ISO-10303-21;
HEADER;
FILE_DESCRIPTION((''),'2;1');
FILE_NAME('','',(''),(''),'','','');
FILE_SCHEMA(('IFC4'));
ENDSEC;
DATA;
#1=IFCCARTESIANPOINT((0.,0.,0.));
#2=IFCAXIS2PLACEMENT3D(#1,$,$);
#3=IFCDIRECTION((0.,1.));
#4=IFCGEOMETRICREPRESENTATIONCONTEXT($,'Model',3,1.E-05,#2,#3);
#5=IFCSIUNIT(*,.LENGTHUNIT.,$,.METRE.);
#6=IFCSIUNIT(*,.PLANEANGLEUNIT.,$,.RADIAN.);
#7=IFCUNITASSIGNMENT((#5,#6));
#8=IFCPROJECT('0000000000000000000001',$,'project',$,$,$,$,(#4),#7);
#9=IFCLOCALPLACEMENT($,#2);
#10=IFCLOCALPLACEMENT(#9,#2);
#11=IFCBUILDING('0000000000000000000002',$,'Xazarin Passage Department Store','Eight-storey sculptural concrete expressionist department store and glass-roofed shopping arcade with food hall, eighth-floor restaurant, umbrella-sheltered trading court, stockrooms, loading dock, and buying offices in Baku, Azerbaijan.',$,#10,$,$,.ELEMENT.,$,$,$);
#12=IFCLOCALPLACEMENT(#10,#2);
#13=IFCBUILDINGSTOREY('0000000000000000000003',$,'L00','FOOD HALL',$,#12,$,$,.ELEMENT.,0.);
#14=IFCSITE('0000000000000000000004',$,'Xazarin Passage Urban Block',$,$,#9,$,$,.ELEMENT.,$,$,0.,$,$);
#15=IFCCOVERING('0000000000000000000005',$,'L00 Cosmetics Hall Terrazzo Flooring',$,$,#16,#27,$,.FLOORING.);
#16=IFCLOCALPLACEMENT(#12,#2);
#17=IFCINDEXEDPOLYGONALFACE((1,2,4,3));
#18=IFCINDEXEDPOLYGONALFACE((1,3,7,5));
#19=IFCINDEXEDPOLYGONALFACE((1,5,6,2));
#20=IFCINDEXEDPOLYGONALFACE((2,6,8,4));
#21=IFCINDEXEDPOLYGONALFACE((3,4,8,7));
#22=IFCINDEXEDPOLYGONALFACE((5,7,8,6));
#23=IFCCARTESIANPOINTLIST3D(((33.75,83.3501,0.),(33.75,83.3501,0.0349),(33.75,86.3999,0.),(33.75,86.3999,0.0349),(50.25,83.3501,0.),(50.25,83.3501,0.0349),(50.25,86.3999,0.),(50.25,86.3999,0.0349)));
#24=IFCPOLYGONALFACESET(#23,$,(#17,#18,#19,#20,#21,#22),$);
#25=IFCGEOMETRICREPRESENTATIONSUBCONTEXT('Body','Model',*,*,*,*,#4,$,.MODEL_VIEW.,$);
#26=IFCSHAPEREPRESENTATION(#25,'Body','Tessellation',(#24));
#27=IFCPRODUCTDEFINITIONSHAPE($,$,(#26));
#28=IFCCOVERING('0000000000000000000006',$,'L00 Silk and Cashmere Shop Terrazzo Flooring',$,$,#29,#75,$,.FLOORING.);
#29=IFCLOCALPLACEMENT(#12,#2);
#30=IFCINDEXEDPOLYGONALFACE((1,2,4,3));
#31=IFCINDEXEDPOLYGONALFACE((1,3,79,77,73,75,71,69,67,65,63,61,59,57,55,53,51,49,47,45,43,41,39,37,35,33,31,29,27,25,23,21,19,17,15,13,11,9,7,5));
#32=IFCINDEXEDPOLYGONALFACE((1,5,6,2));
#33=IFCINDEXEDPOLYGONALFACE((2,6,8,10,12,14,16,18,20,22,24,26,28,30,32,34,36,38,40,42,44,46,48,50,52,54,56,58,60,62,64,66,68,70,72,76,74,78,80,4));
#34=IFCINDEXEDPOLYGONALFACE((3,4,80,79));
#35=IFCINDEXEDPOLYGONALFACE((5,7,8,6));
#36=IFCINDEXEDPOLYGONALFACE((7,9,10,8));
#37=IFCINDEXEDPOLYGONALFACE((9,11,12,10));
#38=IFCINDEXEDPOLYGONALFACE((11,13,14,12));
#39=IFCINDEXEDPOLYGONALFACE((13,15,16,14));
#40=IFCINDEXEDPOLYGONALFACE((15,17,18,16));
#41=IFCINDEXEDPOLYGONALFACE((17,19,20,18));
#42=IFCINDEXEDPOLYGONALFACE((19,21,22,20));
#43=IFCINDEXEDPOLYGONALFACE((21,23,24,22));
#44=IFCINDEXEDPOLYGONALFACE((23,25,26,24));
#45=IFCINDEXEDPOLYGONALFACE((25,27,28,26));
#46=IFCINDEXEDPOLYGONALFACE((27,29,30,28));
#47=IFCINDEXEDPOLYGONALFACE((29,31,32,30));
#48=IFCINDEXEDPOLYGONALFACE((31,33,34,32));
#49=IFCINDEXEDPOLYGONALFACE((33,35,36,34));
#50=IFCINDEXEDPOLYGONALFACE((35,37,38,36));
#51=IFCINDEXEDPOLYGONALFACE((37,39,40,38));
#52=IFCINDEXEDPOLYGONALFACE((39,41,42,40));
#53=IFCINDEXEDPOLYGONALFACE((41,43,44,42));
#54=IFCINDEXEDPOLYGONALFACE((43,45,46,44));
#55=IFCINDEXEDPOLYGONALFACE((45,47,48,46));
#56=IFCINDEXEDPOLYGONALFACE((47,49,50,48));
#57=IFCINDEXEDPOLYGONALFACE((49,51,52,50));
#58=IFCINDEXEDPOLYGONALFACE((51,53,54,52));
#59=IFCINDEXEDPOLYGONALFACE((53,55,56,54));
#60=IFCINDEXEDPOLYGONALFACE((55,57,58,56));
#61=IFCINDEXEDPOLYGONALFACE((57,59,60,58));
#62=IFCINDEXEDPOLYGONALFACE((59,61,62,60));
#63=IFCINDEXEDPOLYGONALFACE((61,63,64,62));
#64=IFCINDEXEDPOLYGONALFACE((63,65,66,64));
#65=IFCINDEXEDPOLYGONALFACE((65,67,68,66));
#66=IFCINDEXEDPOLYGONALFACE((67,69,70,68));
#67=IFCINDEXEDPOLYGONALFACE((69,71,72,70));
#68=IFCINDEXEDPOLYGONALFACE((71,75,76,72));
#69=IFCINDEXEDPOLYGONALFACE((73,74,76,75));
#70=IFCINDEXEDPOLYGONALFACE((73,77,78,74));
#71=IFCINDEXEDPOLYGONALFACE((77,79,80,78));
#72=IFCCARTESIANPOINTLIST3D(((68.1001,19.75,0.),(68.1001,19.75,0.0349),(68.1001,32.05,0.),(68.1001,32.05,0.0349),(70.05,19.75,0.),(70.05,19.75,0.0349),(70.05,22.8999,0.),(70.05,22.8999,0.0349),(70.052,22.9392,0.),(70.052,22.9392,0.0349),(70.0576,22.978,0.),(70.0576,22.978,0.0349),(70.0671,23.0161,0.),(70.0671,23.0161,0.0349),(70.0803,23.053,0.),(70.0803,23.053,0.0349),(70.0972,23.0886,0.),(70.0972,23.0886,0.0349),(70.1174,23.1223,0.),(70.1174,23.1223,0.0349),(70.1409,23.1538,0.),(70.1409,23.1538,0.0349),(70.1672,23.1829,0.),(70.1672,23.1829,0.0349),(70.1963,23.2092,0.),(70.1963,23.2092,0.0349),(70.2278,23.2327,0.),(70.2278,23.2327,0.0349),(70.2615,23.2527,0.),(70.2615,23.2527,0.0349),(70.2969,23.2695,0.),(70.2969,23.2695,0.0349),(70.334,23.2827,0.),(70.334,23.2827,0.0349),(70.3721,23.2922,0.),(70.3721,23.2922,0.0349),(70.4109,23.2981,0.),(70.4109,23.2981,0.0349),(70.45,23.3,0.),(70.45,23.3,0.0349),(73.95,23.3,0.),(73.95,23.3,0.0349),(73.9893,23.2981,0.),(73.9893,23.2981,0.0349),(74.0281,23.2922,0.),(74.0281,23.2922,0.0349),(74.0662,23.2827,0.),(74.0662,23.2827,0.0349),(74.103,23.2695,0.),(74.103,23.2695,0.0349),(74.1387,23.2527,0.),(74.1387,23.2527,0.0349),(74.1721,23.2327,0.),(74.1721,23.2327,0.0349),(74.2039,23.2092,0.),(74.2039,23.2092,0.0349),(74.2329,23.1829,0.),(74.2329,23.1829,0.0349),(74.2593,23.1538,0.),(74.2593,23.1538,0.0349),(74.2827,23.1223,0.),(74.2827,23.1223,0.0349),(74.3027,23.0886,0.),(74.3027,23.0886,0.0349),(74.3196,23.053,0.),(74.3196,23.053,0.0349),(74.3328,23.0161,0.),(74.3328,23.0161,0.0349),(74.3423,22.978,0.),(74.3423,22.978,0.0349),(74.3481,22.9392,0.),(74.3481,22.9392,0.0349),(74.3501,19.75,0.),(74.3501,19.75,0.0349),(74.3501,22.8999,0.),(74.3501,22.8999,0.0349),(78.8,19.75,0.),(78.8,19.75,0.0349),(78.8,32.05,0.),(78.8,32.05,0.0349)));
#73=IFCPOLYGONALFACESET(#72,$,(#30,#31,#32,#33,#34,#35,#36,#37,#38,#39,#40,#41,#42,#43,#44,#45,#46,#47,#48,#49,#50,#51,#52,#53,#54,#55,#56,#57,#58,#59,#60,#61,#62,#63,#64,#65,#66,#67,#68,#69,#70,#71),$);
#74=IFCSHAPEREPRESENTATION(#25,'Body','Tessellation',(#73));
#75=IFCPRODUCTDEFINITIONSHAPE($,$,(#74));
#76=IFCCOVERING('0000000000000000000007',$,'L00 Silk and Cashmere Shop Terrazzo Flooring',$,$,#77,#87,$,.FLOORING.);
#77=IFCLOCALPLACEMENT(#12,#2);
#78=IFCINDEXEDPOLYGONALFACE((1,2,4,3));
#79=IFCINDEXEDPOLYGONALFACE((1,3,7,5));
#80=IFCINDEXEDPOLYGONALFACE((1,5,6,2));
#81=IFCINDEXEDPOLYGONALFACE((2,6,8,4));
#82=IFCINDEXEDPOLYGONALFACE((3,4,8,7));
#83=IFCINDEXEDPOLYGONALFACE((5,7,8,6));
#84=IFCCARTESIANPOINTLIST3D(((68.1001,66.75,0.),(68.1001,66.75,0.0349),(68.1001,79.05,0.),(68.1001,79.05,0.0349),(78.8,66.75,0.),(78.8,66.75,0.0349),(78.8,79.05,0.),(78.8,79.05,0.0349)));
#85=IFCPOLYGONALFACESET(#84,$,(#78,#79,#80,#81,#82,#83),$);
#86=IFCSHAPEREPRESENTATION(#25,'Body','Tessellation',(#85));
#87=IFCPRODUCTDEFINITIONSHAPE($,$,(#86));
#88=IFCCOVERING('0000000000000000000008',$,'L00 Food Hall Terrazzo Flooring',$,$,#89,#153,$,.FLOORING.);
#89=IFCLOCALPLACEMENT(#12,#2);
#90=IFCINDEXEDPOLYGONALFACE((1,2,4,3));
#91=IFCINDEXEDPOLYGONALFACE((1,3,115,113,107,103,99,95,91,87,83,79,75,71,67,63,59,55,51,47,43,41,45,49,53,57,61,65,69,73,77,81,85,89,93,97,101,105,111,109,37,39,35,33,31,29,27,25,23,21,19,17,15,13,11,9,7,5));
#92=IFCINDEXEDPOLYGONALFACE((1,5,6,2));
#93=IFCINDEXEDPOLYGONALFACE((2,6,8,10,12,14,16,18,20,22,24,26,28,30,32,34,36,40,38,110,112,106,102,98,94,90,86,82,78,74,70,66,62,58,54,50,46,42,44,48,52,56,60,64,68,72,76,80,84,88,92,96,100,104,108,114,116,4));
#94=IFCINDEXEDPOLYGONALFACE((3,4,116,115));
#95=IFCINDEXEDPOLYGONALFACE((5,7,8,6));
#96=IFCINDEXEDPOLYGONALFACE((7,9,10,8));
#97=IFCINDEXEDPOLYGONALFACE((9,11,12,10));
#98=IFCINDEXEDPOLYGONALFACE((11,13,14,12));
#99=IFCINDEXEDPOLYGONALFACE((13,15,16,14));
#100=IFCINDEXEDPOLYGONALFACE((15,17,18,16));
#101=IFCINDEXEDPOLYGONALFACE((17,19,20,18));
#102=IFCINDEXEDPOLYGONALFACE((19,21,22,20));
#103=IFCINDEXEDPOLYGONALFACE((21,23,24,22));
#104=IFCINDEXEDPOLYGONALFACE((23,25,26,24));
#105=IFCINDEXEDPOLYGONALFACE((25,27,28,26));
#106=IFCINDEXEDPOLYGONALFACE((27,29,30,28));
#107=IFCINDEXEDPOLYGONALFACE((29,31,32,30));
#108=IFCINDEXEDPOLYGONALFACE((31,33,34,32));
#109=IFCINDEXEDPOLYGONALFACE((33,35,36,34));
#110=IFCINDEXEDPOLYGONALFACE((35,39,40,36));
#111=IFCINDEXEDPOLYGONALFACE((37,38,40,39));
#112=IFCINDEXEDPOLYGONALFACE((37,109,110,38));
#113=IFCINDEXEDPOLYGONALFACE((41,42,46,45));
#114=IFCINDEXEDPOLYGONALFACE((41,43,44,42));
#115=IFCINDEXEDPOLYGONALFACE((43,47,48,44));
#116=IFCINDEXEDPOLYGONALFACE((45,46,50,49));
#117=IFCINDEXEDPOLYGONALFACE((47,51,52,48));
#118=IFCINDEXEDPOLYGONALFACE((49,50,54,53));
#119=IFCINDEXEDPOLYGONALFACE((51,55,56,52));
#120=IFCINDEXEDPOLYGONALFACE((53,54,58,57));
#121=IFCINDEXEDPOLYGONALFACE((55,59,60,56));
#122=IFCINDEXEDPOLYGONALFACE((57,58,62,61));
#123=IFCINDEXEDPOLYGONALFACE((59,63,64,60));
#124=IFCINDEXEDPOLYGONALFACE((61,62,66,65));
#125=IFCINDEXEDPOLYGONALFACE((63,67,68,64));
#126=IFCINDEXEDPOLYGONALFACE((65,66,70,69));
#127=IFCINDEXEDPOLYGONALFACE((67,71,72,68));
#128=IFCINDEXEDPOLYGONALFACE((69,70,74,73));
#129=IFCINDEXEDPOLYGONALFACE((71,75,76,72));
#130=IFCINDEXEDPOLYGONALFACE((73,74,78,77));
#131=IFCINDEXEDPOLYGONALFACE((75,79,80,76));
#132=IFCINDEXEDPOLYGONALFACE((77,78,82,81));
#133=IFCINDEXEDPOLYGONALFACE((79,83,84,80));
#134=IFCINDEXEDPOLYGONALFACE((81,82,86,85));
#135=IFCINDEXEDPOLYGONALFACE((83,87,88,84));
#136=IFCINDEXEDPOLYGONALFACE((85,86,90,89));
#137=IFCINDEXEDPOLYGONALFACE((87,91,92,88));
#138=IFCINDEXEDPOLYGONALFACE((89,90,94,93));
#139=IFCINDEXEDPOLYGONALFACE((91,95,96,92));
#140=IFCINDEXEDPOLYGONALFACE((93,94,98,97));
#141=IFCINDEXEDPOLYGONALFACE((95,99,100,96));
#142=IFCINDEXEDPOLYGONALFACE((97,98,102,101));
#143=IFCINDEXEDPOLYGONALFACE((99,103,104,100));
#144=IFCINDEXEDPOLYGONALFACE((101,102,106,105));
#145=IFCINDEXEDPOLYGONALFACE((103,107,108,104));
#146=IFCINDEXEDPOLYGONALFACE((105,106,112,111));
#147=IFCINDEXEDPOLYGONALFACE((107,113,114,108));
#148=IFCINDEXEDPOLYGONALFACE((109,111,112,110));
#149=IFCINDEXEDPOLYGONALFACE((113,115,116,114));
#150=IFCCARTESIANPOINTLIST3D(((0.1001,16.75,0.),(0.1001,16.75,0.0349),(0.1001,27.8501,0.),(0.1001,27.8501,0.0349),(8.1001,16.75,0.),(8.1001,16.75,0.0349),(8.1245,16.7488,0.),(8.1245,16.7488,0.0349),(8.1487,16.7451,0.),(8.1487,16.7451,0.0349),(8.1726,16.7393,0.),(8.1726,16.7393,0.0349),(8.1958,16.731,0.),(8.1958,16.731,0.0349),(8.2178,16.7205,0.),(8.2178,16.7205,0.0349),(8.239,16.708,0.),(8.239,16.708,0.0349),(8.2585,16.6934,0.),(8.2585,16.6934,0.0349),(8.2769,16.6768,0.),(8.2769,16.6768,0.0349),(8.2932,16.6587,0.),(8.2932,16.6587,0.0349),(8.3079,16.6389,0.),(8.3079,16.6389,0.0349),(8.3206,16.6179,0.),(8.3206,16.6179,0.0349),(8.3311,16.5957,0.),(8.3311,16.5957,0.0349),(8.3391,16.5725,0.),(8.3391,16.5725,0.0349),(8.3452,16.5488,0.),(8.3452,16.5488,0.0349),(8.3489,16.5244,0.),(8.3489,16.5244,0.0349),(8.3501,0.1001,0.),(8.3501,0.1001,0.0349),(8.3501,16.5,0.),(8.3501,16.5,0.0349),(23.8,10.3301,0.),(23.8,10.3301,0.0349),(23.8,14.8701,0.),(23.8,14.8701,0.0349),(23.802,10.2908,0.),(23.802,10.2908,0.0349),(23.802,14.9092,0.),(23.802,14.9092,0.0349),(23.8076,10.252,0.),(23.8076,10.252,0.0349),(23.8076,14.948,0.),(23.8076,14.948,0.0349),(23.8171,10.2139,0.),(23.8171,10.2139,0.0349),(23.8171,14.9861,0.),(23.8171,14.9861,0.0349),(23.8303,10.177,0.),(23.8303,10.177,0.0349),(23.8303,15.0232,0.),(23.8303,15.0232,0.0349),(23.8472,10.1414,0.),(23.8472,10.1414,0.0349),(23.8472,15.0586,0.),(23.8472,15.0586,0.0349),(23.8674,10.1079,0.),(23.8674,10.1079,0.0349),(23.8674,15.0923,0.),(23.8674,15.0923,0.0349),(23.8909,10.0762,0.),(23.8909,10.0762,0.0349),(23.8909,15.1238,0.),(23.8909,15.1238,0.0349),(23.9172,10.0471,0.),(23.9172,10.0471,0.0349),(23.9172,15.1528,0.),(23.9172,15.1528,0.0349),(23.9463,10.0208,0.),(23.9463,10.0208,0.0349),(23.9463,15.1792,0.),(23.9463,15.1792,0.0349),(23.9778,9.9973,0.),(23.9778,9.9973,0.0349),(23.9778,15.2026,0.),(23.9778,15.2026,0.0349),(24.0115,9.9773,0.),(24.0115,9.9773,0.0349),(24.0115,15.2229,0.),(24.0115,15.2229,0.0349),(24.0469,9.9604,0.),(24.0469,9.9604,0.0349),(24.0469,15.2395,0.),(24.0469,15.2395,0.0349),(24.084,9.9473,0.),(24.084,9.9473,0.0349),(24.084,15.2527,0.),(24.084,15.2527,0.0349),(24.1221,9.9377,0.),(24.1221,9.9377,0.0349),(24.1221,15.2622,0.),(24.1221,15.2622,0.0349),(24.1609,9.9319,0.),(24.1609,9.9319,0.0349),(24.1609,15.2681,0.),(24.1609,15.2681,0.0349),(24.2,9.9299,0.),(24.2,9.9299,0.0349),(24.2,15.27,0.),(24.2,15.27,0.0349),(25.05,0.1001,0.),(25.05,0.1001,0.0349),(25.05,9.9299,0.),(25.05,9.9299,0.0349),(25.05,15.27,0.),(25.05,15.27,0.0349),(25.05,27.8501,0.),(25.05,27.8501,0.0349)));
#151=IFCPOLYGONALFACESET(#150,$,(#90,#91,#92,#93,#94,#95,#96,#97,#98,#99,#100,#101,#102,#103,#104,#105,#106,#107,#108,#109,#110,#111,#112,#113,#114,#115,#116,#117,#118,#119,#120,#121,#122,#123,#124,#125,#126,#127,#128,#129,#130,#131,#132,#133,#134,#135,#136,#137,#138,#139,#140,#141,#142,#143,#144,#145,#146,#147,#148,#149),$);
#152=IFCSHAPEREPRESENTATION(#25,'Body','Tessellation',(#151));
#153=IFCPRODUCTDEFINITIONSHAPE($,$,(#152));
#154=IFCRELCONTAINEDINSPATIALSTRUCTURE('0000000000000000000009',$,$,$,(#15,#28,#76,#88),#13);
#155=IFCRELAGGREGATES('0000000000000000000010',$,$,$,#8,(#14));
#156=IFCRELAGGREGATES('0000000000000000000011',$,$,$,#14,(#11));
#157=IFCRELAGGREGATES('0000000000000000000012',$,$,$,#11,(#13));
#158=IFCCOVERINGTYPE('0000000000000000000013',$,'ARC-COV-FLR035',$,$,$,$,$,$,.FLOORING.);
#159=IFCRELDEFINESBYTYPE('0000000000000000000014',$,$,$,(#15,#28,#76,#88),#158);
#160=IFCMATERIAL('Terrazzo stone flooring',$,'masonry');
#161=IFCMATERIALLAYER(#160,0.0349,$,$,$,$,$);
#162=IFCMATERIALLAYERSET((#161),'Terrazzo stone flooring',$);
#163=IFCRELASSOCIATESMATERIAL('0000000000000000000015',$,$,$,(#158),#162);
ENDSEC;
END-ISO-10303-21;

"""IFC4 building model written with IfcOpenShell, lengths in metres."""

from ifc_helpers import new_model, si_unit, direction, origin, place, context, subcontext, project, spatial, polyline, outline, extrude, material, layer, layer_set, type_object, element, save


model = new_model("IFC4")

# Units and contexts
model_context = context("Model", 3, precision=1e-05, world=origin(), true_north=direction((0.0, 1.0)))
body_context = subcontext(model_context, "Body", "Model", "MODEL_VIEW")
ifc_project = project(units=[si_unit("LENGTHUNIT", "METRE"), si_unit("PLANEANGLEUNIT", "RADIAN")], contexts=[model_context])

# Site, building, storey
site_placement = place(None, origin())
site = spatial("IfcSite", under=ifc_project, at=site_placement, Name="Xazarin Passage Urban Block", CompositionType="ELEMENT", RefElevation=0.0)
building_placement = place(site_placement, origin())
building = spatial("IfcBuilding", under=site, at=building_placement, Name="Xazarin Passage Department Store", Description="Eight-storey sculptural concrete expressionist department store and glass-roofed shopping arcade with food hall, eighth-floor restaurant, umbrella-sheltered trading court, stockrooms, loading dock, and buying offices in Baku, Azerbaijan.", CompositionType="ELEMENT")
storey_placement = place(building_placement, origin())
storey = spatial("IfcBuildingStorey", under=building, at=storey_placement, Name="L00", Description="FOOD HALL", CompositionType="ELEMENT", Elevation=0.0)

# Coverings
ifc_material_1 = material(Name="Terrazzo stone flooring", Category="masonry")
ifc_layer_1 = layer(ifc_material_1, 0.0349)
ifc_layer_set_1 = layer_set([ifc_layer_1], Name="Terrazzo stone flooring")
covering_type_1 = type_object("IfcCoveringType", Name="ARC-COV-FLR035", PredefinedType="FLOORING", material=ifc_layer_set_1)
covering_1_placement = place(storey_placement, origin())
element("IfcCovering", 1, at=covering_1_placement, inside=storey, type_object=covering_type_1, Name="L00 Cosmetics Hall Terrazzo Flooring", PredefinedType="FLOORING", context=body_context, shape_type="SweptSolid", body=[
    extrude(outline(polyline([(50.25, 86.3999), (33.75, 86.3999), (33.75, 83.3501), (50.25, 83.3501), (50.25, 86.3999)])), origin(), (0.0, 0.0, 1.0), 0.0349),
])
covering_2_placement = place(storey_placement, origin())
element("IfcCovering", 2, at=covering_2_placement, inside=storey, type_object=covering_type_1, Name="L00 Silk and Cashmere Shop Terrazzo Flooring", PredefinedType="FLOORING", context=body_context, shape_type="SweptSolid", body=[
    extrude(outline(polyline([(70.05, 19.75), (70.05, 22.8999), (70.052, 22.9392), (70.0576, 22.978), (70.0671, 23.0161), (70.0803, 23.053), (70.0972, 23.0886), (70.1174, 23.1223), (70.1409, 23.1538), (70.1672, 23.1829), (70.1963, 23.2092), (70.2278, 23.2327), (70.2615, 23.2527), (70.2969, 23.2695), (70.334, 23.2827), (70.3721, 23.2922), (70.4109, 23.2981), (70.45, 23.3), (73.95, 23.3), (73.9893, 23.2981), (74.0281, 23.2922), (74.0662, 23.2827), (74.103, 23.2695), (74.1387, 23.2527), (74.1721, 23.2327), (74.2039, 23.2092), (74.2329, 23.1829), (74.2593, 23.1538), (74.2827, 23.1223), (74.3027, 23.0886), (74.3196, 23.053), (74.3328, 23.0161), (74.3423, 22.978), (74.3481, 22.9392), (74.3501, 22.8999), (74.3501, 19.75), (78.8, 19.75), (78.8, 32.05), (68.1001, 32.05), (68.1001, 19.75), (70.05, 19.75)])), origin(), (0.0, 0.0, 1.0), 0.0349),
])
covering_3_placement = place(storey_placement, origin())
element("IfcCovering", 3, at=covering_3_placement, inside=storey, type_object=covering_type_1, Name="L00 Silk and Cashmere Shop Terrazzo Flooring", PredefinedType="FLOORING", context=body_context, shape_type="SweptSolid", body=[
    extrude(outline(polyline([(78.8, 66.75), (78.8, 79.05), (68.1001, 79.05), (68.1001, 66.75), (78.8, 66.75)])), origin(), (0.0, 0.0, 1.0), 0.0349),
])
covering_4_placement = place(storey_placement, origin())
element("IfcCovering", 4, at=covering_4_placement, inside=storey, type_object=covering_type_1, Name="L00 Food Hall Terrazzo Flooring", PredefinedType="FLOORING", context=body_context, shape_type="SweptSolid", body=[
    extrude(outline(polyline([(25.05, 9.9299), (24.2, 9.9299), (24.1609, 9.9319), (24.1221, 9.9377), (24.084, 9.9473), (24.0469, 9.9604), (24.0115, 9.9773), (23.9778, 9.9973), (23.9463, 10.0208), (23.9172, 10.0471), (23.8909, 10.0762), (23.8674, 10.1079), (23.8472, 10.1414), (23.8303, 10.177), (23.8171, 10.2139), (23.8076, 10.252), (23.802, 10.2908), (23.8, 10.3301), (23.8, 14.8701), (23.802, 14.9092), (23.8076, 14.948), (23.8171, 14.9861), (23.8303, 15.0232), (23.8472, 15.0586), (23.8674, 15.0923), (23.8909, 15.1238), (23.9172, 15.1528), (23.9463, 15.1792), (23.9778, 15.2026), (24.0115, 15.2229), (24.0469, 15.2395), (24.084, 15.2527), (24.1221, 15.2622), (24.1609, 15.2681), (24.2, 15.27), (25.05, 15.27), (25.05, 27.8501), (0.1001, 27.8501), (0.1001, 16.75), (8.1001, 16.75), (8.1245, 16.7488), (8.1487, 16.7451), (8.1726, 16.7393), (8.1958, 16.731), (8.2178, 16.7205), (8.239, 16.708), (8.2585, 16.6934), (8.2769, 16.6768), (8.2932, 16.6587), (8.3079, 16.6389), (8.3206, 16.6179), (8.3311, 16.5957), (8.3391, 16.5725), (8.3452, 16.5488), (8.3489, 16.5244), (8.3501, 16.5), (8.3501, 0.1001), (25.05, 0.1001), (25.05, 9.9299)])), origin(), (0.0, 0.0, 1.0), 0.0349),
])

save(model, "model.ifc")
